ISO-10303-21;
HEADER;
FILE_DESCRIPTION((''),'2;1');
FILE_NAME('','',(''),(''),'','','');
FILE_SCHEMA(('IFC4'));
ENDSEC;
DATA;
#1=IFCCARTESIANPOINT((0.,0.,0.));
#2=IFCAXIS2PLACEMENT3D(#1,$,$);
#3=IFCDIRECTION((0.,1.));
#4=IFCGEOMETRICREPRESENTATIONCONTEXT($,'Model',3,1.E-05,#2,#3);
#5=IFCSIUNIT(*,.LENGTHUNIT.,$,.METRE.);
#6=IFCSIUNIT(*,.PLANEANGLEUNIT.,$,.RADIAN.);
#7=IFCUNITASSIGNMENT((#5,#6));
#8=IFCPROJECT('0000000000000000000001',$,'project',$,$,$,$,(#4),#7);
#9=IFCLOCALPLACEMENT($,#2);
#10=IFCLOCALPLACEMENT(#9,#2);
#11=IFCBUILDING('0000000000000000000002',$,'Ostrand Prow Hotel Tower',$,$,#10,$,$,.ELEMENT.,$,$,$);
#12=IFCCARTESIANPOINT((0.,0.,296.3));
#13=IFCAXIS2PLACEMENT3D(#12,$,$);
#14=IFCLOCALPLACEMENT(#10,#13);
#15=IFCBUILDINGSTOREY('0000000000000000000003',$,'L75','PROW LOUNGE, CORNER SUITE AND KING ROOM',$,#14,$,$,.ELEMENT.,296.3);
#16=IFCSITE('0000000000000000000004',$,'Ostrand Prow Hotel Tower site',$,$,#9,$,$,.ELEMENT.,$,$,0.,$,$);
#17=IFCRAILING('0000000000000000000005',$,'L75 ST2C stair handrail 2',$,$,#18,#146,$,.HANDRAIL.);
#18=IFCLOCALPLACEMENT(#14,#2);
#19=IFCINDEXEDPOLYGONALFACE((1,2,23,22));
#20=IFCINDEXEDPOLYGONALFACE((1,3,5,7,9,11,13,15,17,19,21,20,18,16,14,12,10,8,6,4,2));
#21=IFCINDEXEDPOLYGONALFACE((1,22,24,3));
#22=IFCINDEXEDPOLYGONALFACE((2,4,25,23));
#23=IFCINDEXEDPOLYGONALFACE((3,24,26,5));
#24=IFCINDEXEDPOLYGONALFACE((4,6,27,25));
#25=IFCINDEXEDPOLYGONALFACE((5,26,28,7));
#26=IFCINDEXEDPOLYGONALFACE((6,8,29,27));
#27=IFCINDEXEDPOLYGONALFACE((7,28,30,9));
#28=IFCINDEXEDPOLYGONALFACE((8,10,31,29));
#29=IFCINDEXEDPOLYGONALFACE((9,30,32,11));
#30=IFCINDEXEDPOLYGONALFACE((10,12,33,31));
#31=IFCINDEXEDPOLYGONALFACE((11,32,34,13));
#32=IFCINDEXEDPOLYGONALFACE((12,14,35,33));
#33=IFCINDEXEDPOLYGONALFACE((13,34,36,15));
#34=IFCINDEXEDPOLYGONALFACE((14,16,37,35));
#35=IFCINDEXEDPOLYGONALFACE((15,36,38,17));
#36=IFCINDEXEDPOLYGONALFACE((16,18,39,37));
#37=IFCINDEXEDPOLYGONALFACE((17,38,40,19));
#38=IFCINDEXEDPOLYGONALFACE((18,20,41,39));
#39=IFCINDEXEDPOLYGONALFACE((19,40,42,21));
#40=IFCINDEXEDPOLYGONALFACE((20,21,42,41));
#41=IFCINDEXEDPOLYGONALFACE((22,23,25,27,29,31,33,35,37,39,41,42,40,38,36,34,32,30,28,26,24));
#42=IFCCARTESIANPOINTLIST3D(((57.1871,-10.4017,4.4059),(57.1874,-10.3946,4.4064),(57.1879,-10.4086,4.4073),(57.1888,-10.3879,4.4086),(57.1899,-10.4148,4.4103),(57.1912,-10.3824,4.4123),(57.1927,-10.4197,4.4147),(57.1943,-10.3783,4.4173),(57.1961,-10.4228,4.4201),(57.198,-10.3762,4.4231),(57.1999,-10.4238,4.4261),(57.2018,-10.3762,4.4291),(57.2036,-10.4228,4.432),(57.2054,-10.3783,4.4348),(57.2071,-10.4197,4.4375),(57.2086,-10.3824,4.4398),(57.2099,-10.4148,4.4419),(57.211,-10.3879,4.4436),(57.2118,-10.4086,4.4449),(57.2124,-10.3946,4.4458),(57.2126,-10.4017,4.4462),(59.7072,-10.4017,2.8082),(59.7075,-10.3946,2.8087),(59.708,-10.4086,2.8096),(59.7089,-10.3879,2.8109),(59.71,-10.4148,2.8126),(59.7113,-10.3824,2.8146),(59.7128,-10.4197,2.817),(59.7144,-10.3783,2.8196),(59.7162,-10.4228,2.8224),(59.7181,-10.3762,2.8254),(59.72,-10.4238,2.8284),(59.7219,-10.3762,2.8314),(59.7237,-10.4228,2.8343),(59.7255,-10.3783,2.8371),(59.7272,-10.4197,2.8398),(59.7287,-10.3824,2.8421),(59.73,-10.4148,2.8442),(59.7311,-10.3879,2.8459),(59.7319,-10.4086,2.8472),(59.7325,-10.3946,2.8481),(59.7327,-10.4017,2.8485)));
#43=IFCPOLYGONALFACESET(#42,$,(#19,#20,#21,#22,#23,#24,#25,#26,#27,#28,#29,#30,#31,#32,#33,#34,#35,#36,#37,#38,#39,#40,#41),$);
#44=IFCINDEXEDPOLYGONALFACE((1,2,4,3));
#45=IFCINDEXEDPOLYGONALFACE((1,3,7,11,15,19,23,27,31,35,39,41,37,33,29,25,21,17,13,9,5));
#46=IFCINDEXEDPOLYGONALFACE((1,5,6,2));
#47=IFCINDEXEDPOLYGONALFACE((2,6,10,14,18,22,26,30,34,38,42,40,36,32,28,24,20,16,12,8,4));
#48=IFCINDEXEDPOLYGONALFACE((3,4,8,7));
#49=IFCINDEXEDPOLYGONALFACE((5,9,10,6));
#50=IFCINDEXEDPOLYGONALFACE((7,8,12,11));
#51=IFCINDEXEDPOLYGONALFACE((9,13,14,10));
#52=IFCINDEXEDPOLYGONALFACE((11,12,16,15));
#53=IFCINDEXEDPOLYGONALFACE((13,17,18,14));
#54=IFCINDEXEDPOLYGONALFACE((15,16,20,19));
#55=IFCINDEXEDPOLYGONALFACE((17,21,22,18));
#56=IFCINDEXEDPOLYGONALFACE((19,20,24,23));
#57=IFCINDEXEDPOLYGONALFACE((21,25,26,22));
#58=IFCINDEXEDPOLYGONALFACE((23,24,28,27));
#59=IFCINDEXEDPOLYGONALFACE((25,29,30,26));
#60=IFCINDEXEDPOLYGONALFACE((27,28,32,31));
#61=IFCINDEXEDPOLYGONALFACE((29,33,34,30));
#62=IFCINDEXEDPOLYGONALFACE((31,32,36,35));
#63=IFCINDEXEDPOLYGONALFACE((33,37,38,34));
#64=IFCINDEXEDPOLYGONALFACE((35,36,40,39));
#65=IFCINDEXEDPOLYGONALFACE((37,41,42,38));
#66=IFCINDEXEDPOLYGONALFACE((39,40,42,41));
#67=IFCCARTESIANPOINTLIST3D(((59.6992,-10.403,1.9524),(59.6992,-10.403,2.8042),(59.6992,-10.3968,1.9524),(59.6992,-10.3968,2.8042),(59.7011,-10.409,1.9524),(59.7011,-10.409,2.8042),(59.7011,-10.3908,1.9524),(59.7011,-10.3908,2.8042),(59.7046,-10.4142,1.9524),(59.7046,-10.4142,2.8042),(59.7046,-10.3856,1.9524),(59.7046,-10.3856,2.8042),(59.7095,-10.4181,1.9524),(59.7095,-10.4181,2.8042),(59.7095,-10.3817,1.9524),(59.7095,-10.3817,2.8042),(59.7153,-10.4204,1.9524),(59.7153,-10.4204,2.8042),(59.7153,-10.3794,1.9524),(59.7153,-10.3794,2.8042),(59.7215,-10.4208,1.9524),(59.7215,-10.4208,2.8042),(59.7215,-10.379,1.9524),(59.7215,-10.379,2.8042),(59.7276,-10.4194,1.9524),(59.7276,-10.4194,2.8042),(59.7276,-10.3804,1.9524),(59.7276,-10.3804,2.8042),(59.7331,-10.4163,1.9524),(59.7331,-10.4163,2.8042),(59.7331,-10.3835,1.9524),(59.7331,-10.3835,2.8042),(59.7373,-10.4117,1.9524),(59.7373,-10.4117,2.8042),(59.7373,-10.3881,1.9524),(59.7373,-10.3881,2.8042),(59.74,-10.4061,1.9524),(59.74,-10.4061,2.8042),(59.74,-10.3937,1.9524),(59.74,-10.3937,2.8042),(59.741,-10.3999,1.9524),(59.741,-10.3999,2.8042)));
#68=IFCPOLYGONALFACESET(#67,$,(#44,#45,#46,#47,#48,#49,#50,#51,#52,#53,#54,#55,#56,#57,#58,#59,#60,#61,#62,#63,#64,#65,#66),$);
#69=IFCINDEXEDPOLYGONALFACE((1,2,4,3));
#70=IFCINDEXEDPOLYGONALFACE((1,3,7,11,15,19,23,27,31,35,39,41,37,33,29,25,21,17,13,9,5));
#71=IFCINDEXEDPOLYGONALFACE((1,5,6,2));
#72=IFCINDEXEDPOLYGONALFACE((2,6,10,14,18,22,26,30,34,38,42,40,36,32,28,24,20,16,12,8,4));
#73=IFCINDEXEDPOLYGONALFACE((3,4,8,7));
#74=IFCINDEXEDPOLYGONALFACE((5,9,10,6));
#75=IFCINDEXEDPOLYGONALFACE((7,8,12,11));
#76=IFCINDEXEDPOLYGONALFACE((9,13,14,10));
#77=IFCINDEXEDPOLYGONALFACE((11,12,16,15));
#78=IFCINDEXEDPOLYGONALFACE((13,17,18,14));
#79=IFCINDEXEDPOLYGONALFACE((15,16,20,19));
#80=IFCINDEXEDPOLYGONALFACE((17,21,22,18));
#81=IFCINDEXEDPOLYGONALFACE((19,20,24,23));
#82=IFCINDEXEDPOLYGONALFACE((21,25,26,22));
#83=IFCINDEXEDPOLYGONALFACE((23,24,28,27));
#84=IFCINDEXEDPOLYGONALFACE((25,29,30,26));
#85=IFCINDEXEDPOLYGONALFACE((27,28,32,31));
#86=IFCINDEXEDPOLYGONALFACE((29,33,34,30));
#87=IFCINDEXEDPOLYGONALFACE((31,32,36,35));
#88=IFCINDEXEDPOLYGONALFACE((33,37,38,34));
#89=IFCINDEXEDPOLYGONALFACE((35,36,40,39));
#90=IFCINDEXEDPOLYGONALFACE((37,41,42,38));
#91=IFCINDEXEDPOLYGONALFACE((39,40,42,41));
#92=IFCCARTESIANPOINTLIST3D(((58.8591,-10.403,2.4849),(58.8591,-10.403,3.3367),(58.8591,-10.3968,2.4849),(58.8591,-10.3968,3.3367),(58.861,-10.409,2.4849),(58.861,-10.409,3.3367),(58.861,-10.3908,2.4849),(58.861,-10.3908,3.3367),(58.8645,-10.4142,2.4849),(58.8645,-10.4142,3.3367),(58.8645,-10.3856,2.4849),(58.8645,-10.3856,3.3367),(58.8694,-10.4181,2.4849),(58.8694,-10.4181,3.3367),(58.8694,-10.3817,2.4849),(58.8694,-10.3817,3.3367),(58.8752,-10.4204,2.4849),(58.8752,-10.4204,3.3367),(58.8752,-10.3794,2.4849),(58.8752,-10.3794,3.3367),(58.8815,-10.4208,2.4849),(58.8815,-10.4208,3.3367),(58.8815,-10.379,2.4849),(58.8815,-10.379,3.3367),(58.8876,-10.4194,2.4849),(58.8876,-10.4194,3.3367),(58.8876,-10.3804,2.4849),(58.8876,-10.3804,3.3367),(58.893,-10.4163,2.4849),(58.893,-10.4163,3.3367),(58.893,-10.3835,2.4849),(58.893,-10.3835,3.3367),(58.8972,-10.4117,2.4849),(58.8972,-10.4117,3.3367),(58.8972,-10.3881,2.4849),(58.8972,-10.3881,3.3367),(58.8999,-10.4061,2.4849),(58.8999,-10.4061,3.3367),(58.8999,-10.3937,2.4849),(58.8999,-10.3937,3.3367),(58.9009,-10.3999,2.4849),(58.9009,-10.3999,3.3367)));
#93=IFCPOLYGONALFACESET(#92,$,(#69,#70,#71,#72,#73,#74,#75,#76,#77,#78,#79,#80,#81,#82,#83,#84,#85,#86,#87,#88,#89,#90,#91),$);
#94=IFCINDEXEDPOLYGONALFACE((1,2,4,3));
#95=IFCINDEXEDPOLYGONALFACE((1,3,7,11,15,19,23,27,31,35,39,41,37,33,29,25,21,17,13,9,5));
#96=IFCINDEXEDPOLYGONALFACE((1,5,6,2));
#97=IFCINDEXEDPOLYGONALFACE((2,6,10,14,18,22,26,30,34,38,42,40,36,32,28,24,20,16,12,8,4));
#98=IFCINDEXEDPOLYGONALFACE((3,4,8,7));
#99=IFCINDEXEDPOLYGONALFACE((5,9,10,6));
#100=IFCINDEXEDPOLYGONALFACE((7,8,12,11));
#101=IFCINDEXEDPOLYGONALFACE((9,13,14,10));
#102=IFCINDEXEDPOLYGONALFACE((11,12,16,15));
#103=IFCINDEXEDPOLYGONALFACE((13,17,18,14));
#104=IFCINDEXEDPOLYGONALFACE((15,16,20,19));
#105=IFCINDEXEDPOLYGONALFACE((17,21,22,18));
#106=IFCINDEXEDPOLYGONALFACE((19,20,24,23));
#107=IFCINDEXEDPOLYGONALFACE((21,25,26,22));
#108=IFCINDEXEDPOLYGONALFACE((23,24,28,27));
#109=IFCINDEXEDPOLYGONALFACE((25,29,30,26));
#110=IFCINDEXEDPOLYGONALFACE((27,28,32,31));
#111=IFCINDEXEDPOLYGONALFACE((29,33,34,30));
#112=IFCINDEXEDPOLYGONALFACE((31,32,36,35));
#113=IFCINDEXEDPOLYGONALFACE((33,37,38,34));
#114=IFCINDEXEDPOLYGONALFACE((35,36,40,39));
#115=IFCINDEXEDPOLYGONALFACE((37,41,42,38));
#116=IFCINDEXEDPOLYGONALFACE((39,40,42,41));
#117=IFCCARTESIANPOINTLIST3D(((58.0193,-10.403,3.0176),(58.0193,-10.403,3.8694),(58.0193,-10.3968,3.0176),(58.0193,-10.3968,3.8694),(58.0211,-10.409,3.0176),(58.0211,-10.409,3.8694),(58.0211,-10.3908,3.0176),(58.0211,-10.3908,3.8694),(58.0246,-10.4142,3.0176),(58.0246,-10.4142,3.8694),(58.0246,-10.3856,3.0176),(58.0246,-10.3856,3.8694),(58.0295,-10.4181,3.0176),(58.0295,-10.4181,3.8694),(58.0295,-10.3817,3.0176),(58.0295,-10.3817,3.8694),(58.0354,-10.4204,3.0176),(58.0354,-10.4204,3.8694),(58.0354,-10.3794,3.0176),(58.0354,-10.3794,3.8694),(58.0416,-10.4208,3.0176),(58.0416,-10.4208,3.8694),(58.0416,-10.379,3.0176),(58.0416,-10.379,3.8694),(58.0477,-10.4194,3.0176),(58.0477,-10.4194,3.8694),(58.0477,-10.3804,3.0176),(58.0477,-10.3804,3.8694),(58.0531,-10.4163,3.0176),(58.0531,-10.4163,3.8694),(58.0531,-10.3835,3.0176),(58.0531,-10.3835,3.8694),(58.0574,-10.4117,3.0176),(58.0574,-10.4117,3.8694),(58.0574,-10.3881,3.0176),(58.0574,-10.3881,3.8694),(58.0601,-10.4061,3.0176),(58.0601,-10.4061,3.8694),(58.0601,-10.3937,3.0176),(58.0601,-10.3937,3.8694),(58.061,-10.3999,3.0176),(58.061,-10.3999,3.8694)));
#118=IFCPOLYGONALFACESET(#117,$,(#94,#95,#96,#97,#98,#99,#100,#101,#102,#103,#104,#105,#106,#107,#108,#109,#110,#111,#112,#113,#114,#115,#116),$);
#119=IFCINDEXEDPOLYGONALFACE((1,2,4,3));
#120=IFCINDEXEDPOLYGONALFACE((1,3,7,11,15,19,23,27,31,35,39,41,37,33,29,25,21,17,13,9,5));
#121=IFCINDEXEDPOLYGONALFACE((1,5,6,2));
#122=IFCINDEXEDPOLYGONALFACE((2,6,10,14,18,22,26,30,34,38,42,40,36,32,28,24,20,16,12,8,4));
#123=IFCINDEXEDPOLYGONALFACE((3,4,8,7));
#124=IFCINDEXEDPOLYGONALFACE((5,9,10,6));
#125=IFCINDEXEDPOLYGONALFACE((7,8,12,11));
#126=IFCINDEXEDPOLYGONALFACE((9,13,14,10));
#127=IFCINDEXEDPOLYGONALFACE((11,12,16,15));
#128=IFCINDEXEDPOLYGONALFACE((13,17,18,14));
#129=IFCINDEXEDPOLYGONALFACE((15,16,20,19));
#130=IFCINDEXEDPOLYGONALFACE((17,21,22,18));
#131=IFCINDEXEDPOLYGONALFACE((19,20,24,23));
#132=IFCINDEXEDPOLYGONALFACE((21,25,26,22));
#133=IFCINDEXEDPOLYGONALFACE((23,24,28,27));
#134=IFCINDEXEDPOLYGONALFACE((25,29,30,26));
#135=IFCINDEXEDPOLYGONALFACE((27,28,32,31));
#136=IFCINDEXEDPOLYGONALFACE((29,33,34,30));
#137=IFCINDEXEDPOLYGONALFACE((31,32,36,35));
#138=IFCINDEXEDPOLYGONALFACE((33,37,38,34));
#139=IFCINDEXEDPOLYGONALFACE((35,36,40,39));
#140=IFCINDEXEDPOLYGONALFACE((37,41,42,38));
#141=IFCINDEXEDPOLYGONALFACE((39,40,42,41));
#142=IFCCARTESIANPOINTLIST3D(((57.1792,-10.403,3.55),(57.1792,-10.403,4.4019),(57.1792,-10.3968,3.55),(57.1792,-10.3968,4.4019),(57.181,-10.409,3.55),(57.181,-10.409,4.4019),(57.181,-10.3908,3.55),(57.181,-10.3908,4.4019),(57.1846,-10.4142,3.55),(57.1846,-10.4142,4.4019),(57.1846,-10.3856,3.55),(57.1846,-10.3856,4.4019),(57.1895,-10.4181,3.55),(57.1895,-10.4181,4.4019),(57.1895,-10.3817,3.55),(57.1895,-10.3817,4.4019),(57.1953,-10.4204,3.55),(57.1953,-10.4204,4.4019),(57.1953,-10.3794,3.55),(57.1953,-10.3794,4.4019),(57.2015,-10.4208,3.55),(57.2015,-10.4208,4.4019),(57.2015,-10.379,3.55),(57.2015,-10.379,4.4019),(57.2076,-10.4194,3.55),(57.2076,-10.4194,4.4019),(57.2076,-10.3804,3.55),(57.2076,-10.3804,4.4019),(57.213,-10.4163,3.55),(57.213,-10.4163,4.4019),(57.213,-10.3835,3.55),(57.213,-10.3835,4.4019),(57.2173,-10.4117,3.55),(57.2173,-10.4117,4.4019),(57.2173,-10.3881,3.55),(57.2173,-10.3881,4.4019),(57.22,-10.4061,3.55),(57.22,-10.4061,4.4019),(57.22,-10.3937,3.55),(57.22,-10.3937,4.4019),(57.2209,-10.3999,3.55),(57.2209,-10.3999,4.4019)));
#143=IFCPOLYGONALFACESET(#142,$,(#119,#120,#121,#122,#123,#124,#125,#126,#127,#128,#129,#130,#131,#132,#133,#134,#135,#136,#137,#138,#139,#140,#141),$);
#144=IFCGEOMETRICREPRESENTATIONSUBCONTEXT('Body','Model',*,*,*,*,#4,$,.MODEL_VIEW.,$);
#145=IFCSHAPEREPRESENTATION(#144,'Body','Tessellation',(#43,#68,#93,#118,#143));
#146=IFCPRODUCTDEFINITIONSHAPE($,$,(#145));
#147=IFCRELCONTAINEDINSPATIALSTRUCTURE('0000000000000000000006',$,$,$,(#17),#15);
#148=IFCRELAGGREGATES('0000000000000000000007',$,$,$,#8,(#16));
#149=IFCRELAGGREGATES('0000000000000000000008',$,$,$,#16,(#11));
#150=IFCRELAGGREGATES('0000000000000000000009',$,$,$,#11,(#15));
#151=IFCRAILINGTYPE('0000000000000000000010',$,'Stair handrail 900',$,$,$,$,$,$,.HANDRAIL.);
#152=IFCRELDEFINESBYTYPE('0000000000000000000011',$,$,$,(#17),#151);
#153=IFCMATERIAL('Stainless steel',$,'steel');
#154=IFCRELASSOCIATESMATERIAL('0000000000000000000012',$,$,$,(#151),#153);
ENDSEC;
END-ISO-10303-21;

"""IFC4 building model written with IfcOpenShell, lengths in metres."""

from ifc_helpers import new_model, si_unit, direction, frame, origin, origin_2d, place, context, subcontext, project, spatial, circle, extrude, material, type_object, element, save


model = new_model("IFC4")

# Units and contexts
model_context = context("Model", 3, precision=1e-05, world=origin(), true_north=direction((0.0, 1.0)))
body_context = subcontext(model_context, "Body", "Model", "MODEL_VIEW")
ifc_project = project(units=[si_unit("LENGTHUNIT", "METRE"), si_unit("PLANEANGLEUNIT", "RADIAN")], contexts=[model_context])

# Site, building, storey
site_placement = place(None, origin())
site = spatial("IfcSite", under=ifc_project, at=site_placement, Name="Ostrand Prow Hotel Tower site", CompositionType="ELEMENT", RefElevation=0.0)
building_placement = place(site_placement, origin())
building = spatial("IfcBuilding", under=site, at=building_placement, Name="Ostrand Prow Hotel Tower", CompositionType="ELEMENT")
storey_placement = place(building_placement, frame((0.0, 0.0, 296.3)))
storey = spatial("IfcBuildingStorey", under=building, at=storey_placement, Name="L75", Description="PROW LOUNGE, CORNER SUITE AND KING ROOM", CompositionType="ELEMENT", Elevation=296.3)

# Railing
ifc_material_1 = material(Name="Stainless steel", Category="steel")
railing_type_1 = type_object("IfcRailingType", Name="Stair handrail 900", PredefinedType="HANDRAIL", material=ifc_material_1)
railing_1_placement = place(storey_placement, frame((59.72, -10.3999, 1.9524)))
element("IfcRailing", 1, at=railing_1_placement, inside=storey, type_object=railing_type_1, Name="L75 ST2C stair handrail 2", PredefinedType="HANDRAIL", context=body_context, shape_type="SweptSolid", body=[
    extrude(circle(Radius=0.0239, at=origin_2d()), frame((0.0, 0.0, 0.876), z_axis=(-0.84457, 0.0, 0.535445), x_axis=(0.0, -1.0, 0.0)), (0.0, 0.0, 1.0), 2.9839),
    extrude(circle(Radius=0.021, at=origin_2d()), origin(), (0.0, 0.0, 1.0), 0.8518),
    extrude(circle(Radius=0.021, at=origin_2d()), frame((-0.8401, 0.0, 0.5325)), (0.0, 0.0, 1.0), 0.8518),
    extrude(circle(Radius=0.021, at=origin_2d()), frame((-1.6799, 0.0, 1.0652)), (0.0, 0.0, 1.0), 0.8518),
    extrude(circle(Radius=0.021, at=origin_2d()), frame((-2.52, 0.0, 1.5977)), (0.0, 0.0, 1.0), 0.8518),
])

save(model, "model.ifc")
